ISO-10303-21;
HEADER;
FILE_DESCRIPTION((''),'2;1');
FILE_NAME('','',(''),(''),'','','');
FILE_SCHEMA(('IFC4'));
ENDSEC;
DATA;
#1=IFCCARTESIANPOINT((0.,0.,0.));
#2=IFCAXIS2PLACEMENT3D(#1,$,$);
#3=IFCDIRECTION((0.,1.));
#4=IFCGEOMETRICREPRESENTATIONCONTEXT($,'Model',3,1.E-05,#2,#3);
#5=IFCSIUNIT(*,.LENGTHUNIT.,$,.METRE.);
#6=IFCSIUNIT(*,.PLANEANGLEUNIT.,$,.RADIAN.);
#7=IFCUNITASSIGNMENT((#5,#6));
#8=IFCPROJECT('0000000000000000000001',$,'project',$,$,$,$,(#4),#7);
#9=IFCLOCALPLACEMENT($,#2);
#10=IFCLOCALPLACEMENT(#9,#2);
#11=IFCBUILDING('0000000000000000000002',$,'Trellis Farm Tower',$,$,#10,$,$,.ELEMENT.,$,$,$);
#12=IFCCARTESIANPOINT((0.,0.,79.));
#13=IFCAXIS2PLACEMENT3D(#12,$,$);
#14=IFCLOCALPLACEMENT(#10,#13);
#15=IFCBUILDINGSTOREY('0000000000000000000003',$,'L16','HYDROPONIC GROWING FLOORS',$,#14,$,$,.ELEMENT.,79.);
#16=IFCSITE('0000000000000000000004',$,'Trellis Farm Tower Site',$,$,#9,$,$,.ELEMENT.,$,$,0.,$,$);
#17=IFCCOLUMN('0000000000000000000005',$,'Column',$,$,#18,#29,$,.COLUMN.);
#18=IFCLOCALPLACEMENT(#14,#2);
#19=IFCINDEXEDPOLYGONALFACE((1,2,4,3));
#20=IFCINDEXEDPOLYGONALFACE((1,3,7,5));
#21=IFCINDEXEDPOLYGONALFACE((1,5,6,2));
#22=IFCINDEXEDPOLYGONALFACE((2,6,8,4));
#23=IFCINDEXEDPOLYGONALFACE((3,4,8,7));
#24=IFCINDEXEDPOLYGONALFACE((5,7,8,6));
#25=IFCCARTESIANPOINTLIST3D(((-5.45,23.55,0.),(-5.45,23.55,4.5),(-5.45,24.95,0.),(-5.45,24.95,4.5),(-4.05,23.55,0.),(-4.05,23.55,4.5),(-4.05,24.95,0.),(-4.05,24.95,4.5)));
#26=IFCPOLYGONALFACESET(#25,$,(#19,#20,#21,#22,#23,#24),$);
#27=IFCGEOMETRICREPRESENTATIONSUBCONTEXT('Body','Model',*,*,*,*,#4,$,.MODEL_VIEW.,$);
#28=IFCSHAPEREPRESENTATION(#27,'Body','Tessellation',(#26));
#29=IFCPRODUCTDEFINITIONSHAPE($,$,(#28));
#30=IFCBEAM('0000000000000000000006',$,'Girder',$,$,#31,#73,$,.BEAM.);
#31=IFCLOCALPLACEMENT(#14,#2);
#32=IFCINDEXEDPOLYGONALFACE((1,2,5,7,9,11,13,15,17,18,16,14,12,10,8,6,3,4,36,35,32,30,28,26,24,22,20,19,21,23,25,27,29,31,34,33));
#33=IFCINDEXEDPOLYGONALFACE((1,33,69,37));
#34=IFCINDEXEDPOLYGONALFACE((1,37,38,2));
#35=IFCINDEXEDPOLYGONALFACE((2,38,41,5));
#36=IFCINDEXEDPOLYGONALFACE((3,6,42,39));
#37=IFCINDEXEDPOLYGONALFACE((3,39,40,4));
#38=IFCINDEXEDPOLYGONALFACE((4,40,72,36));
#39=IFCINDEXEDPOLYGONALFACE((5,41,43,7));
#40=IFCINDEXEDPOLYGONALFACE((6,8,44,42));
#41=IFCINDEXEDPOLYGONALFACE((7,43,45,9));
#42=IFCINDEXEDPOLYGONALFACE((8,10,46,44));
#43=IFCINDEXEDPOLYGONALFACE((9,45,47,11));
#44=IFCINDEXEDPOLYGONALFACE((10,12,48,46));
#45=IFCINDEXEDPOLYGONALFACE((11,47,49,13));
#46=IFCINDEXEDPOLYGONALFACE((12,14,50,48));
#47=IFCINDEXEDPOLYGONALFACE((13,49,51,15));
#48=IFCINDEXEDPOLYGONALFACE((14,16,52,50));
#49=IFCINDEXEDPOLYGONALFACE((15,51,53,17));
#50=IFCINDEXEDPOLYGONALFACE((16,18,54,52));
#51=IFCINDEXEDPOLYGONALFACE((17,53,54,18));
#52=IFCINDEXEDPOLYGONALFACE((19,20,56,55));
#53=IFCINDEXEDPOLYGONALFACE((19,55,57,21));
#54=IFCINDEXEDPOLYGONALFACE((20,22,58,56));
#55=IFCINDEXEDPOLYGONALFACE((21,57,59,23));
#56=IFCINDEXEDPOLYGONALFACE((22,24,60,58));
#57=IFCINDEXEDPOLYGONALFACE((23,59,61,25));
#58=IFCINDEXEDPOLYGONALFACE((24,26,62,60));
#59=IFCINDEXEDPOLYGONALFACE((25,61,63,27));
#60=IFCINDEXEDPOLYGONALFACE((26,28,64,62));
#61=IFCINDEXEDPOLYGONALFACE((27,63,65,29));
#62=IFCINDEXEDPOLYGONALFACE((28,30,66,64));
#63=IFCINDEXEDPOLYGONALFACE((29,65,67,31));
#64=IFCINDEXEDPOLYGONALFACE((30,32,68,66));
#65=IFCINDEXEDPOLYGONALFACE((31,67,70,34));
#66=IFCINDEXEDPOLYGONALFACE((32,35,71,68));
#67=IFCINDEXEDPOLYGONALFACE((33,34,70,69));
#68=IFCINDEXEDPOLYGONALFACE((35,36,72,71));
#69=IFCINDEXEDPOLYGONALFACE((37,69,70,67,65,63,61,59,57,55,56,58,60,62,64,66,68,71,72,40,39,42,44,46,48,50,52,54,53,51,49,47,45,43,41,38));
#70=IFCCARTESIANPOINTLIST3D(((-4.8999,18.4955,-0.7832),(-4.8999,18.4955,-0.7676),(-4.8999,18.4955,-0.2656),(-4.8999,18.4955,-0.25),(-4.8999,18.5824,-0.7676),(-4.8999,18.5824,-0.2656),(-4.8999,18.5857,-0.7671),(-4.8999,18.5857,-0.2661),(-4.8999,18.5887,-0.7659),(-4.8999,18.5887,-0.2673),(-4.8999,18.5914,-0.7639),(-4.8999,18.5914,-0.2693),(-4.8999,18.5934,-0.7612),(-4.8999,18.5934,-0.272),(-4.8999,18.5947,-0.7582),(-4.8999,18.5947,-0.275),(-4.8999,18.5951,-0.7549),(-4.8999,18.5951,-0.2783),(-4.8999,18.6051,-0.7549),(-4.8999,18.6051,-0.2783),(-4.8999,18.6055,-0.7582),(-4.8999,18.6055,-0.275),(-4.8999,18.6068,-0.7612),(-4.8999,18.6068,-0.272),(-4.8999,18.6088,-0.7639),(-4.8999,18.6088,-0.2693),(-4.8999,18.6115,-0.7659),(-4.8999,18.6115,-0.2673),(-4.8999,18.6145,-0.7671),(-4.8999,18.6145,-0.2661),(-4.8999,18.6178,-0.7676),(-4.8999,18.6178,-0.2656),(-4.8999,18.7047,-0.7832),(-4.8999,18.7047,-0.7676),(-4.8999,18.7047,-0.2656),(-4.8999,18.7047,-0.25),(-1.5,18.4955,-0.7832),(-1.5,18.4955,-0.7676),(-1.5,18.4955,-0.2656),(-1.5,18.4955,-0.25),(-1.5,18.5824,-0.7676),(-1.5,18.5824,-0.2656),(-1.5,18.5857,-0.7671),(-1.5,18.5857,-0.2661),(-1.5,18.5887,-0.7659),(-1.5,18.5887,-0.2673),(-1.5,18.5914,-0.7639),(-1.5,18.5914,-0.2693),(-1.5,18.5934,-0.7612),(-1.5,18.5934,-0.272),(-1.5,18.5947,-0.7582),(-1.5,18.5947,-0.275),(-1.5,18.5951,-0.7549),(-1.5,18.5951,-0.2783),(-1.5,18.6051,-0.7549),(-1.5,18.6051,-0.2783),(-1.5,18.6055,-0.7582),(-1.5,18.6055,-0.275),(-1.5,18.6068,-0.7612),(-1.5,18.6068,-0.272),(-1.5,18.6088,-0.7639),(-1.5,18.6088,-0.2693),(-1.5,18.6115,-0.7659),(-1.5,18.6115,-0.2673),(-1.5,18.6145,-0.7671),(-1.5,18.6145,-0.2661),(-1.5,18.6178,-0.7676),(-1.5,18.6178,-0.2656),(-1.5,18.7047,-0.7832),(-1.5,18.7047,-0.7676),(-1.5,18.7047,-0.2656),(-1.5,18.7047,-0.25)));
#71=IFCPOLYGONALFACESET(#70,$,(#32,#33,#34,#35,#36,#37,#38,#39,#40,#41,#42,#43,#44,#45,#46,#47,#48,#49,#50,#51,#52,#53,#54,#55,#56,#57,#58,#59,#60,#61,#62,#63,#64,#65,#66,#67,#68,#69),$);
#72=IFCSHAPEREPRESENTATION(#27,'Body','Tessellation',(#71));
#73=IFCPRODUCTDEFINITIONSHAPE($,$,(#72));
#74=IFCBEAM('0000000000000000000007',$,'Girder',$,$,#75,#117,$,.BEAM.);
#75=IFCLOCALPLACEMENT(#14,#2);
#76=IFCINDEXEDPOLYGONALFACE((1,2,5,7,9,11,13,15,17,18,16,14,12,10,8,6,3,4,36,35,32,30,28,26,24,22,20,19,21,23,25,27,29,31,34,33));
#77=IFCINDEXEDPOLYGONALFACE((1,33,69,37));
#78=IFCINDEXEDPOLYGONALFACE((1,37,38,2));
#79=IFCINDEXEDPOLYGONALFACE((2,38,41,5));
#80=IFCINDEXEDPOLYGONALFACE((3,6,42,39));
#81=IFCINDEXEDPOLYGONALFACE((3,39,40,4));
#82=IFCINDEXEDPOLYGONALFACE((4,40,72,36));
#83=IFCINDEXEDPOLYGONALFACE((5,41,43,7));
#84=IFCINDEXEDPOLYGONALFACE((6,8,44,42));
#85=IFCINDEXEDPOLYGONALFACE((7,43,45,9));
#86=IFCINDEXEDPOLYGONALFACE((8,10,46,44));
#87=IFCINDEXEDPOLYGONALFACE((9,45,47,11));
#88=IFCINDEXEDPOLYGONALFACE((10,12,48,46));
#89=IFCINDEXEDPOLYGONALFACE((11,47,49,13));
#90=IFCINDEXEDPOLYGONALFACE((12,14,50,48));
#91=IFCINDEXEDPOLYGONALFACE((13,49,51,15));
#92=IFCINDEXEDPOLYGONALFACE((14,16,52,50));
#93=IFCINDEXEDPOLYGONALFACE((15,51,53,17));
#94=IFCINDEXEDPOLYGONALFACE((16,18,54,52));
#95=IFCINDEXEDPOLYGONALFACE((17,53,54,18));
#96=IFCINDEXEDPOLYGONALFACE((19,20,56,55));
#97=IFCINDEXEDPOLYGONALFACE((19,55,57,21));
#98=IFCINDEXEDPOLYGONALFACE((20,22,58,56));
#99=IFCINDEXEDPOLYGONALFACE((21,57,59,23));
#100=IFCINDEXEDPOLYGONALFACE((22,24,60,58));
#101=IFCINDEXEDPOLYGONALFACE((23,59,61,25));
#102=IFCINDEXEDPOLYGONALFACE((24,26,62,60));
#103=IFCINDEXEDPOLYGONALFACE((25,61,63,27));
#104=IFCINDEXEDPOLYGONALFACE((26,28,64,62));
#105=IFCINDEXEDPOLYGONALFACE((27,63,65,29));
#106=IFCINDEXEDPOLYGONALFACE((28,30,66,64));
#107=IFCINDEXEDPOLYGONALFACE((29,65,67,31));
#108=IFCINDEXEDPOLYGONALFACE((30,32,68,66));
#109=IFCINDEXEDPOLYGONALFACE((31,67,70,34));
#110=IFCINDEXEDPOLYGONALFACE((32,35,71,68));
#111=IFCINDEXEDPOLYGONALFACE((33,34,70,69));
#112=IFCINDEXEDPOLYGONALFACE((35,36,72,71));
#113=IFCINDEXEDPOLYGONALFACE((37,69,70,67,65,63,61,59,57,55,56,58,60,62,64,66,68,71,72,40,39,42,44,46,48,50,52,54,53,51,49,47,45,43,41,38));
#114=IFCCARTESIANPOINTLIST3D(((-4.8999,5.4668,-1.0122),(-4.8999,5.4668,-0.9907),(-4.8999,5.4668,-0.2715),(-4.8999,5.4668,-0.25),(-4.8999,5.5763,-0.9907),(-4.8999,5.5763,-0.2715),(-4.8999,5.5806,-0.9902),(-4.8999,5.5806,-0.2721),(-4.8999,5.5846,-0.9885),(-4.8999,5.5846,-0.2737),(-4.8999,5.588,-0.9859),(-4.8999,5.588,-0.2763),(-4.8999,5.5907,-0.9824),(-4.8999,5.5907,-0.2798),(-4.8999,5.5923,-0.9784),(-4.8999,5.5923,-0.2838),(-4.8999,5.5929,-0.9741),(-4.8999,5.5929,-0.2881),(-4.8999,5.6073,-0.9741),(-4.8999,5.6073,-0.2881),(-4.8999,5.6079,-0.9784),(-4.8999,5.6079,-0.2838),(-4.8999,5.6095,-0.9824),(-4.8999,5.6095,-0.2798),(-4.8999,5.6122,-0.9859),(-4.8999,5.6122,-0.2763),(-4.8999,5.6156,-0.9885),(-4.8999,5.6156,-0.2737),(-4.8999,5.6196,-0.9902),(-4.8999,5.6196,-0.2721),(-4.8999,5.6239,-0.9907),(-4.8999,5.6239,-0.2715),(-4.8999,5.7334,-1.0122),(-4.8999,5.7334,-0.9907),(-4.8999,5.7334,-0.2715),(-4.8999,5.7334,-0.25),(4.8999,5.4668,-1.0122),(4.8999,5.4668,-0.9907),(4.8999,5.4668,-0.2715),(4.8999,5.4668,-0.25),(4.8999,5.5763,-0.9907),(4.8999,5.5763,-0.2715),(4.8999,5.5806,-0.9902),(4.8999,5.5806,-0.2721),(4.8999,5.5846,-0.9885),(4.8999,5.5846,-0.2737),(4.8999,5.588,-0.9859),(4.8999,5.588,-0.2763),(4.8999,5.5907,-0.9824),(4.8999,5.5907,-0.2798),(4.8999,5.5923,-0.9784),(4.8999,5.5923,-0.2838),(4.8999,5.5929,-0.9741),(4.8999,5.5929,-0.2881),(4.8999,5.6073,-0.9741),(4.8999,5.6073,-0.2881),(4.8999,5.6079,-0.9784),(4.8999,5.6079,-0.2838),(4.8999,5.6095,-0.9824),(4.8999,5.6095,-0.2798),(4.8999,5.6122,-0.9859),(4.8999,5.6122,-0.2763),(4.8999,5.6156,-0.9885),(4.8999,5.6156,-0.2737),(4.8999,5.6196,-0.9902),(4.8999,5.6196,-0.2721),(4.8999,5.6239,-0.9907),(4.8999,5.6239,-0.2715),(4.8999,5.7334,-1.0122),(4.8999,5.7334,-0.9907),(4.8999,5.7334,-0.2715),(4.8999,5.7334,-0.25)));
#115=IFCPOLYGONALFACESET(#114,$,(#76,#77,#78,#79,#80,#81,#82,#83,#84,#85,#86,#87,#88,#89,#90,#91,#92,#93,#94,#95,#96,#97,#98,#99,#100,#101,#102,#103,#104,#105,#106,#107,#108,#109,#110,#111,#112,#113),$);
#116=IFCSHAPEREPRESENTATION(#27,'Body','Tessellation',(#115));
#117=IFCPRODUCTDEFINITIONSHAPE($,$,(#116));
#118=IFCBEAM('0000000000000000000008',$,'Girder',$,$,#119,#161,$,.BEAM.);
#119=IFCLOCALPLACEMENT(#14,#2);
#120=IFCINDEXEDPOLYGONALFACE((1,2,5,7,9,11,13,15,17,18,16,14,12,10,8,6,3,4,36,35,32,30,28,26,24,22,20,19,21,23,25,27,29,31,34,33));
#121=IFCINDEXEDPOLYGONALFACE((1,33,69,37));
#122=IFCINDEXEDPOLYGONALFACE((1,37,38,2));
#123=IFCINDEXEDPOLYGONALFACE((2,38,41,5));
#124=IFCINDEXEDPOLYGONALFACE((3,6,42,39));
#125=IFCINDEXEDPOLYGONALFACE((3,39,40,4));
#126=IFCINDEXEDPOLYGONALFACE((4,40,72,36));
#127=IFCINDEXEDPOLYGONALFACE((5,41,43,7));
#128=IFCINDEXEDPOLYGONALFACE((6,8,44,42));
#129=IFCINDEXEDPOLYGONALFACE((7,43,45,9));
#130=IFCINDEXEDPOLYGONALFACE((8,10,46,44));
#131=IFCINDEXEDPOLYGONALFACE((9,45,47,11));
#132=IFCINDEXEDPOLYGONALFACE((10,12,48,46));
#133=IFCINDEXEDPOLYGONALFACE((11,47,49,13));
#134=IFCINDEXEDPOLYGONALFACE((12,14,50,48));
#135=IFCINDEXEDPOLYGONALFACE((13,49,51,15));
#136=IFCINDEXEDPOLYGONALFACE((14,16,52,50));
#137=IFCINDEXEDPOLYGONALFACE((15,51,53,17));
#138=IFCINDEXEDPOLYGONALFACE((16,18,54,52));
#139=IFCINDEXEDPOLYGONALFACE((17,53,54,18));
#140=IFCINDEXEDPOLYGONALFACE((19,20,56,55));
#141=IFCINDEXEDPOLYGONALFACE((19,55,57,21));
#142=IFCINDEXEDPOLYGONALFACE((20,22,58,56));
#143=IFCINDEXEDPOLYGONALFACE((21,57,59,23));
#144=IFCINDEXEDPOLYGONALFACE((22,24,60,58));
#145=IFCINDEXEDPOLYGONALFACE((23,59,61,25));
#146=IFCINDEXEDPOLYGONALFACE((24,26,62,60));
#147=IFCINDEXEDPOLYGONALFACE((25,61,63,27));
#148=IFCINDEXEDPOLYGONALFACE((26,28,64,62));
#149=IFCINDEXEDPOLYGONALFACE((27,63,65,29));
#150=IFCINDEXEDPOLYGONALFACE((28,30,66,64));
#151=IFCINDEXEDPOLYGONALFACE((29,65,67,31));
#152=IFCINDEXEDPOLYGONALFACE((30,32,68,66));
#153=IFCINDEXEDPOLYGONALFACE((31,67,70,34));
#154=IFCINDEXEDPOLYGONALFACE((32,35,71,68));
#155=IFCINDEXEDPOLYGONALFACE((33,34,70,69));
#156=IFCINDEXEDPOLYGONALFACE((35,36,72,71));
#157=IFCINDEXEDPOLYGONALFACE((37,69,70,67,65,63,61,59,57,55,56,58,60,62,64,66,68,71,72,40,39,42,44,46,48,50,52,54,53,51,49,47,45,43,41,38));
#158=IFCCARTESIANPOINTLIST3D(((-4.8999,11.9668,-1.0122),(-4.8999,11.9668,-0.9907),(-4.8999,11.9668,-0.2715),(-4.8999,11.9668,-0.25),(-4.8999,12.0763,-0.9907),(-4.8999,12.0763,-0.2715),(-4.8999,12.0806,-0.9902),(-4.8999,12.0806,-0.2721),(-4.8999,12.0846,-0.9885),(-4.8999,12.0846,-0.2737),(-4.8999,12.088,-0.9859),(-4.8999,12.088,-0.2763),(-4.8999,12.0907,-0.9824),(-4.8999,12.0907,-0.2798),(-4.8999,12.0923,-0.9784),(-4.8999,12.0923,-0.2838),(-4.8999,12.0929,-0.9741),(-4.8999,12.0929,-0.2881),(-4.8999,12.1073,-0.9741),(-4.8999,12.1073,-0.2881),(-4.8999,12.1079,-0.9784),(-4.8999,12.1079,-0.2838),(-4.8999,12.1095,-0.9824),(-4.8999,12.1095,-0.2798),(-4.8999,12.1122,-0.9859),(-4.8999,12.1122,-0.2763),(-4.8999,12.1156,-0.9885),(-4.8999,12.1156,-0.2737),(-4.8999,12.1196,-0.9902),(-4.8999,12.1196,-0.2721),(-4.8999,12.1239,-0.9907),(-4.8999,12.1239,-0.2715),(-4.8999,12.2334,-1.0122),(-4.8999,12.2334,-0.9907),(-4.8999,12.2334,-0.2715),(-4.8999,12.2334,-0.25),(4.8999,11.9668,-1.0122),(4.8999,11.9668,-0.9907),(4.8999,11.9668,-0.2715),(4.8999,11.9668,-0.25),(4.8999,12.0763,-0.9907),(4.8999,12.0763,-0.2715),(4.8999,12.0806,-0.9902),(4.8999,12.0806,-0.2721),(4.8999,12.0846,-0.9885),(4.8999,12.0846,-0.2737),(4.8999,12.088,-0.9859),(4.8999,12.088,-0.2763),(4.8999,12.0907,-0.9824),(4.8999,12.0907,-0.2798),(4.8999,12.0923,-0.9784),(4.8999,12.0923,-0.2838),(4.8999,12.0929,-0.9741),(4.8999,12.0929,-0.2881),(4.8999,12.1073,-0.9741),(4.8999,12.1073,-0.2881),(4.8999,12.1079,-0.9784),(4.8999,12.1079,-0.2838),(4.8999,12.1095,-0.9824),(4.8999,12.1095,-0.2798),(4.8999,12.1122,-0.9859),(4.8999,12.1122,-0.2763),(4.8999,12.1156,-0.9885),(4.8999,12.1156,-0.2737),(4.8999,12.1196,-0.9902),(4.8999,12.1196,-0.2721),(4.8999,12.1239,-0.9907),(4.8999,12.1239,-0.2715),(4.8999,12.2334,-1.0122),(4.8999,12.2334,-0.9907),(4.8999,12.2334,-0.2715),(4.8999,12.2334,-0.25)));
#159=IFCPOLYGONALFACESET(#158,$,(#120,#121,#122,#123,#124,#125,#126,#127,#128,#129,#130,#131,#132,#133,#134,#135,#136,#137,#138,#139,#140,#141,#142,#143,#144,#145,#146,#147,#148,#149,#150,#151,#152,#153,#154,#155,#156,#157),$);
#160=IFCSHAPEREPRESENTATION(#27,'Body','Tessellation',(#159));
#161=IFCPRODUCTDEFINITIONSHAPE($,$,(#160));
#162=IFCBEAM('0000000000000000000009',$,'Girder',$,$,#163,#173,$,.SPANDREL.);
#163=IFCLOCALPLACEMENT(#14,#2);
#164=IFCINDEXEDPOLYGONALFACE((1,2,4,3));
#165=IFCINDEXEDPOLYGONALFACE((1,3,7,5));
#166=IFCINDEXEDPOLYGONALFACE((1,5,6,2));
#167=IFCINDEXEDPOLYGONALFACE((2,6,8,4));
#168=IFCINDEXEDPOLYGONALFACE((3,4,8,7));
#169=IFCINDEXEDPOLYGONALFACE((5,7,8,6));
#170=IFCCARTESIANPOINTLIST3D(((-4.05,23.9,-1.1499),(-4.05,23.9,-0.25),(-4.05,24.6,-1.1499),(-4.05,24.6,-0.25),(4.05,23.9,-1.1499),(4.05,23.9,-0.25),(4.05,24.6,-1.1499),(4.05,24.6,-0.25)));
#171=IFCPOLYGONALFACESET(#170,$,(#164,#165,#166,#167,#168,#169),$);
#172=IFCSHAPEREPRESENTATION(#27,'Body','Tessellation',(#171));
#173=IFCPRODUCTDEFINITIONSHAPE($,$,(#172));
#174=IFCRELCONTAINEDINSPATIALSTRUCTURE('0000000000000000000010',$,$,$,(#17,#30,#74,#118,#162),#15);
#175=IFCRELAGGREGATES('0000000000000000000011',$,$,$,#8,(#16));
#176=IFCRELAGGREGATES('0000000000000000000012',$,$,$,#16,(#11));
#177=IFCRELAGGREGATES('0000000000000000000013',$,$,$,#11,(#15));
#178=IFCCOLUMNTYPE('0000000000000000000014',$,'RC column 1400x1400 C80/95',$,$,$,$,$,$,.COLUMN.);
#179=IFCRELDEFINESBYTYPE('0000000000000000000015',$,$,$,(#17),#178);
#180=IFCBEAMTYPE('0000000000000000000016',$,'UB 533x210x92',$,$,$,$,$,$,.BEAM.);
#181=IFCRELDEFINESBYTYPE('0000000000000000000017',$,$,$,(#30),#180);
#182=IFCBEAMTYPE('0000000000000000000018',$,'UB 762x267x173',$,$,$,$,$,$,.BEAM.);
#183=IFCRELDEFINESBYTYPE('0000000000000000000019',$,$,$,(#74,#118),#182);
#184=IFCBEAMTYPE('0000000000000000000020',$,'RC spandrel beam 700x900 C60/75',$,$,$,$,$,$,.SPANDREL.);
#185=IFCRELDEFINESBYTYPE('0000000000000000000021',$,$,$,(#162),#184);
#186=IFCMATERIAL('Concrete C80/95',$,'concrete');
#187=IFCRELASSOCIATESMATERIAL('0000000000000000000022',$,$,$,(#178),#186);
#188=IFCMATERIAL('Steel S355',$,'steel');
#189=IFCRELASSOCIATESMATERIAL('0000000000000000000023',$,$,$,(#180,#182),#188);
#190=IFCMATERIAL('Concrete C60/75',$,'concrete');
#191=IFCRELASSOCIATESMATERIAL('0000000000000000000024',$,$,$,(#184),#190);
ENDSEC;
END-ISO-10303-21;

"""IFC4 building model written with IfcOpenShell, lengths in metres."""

from ifc_helpers import new_model, si_unit, direction, frame, origin, origin_2d, place, context, subcontext, project, spatial, rectangle, i_section, extrude, source, transform, mapped, material, material_profile, profile_set, type_object, element, save


model = new_model("IFC4")

# Units and contexts
model_context = context("Model", 3, precision=1e-05, world=origin(), true_north=direction((0.0, 1.0)))
body_context = subcontext(model_context, "Body", "Model", "MODEL_VIEW")
ifc_project = project(units=[si_unit("LENGTHUNIT", "METRE"), si_unit("PLANEANGLEUNIT", "RADIAN")], contexts=[model_context])

# Site, building, storey
site_placement = place(None, origin())
site = spatial("IfcSite", under=ifc_project, at=site_placement, Name="Trellis Farm Tower Site", CompositionType="ELEMENT", RefElevation=0.0)
building_placement = place(site_placement, origin())
building = spatial("IfcBuilding", under=site, at=building_placement, Name="Trellis Farm Tower", CompositionType="ELEMENT")
storey_placement = place(building_placement, frame((0.0, 0.0, 79.0)))
storey = spatial("IfcBuildingStorey", under=building, at=storey_placement, Name="L16", Description="HYDROPONIC GROWING FLOORS", CompositionType="ELEMENT", Elevation=79.0)

# Column
ifc_material_1 = material(Name="Concrete C80/95", Category="concrete")
ifc_material_profile_1 = material_profile(ifc_material_1, rectangle(XDim=1.3999, YDim=1.3999, at=origin_2d()), Name="RC column 1400x1400 C80/95")
ifc_profile_set_1 = profile_set([ifc_material_profile_1], Name="Concrete C80/95")
column_type = type_object("IfcColumnType", Name="RC column 1400x1400 C80/95", PredefinedType="COLUMN", material=ifc_profile_set_1)
shared_shape_1 = source(origin(), body_context, "Body", "SweptSolid", [
    extrude(rectangle(XDim=1.3999, YDim=1.3999, at=origin_2d()), origin(), (0.0, 0.0, 1.0), 4.5),
])
column_placement = place(storey_placement, frame((-4.75, 24.25, 0.0), z_axis=(0.0, 0.0, 1.0), x_axis=(1.0, 0.0, 0.0)))
element("IfcColumn", 1, at=column_placement, inside=storey, type_object=column_type, Name="Column", PredefinedType="COLUMN", context=body_context, shape_type="MappedRepresentation", body=[
    mapped(shared_shape_1, transform((0.0, 0.0, 0.0))),
])

# Beams
ifc_material_2 = material(Name="Steel S355", Category="steel")
ifc_material_profile_2 = material_profile(ifc_material_2, i_section(OverallWidth=0.2092, OverallDepth=0.5332, WebThickness=0.01, FlangeThickness=0.0156, FilletRadius=0.0127, at=origin_2d()), Name="UB 533x210x92")
ifc_profile_set_2 = profile_set([ifc_material_profile_2], Name="Steel S355")
beam_type_1 = type_object("IfcBeamType", Name="UB 533x210x92", PredefinedType="BEAM", material=ifc_profile_set_2)
shared_shape_2 = source(origin(), body_context, "Body", "SweptSolid", [
    extrude(i_section(OverallWidth=0.2092, OverallDepth=0.5332, WebThickness=0.01, FlangeThickness=0.0156, FilletRadius=0.0127, at=origin_2d()), origin(), (0.0, 0.0, 1.0), 3.3999),
])
beam_1_placement = place(storey_placement, frame((-4.8999, 18.6001, -0.5166), z_axis=(1.0, 0.0, 0.0), x_axis=(0.0, 1.0, 0.0)))
element("IfcBeam", 2, at=beam_1_placement, inside=storey, type_object=beam_type_1, Name="Girder", PredefinedType="BEAM", context=body_context, shape_type="MappedRepresentation", body=[
    mapped(shared_shape_2, transform((0.0, 0.0, 0.0))),
])
ifc_material_profile_3 = material_profile(ifc_material_2, i_section(OverallWidth=0.2666, OverallDepth=0.7622, WebThickness=0.0144, FlangeThickness=0.0215, FilletRadius=0.0166, at=origin_2d()), Name="UB 762x267x173")
ifc_profile_set_3 = profile_set([ifc_material_profile_3], Name="Steel S355")
beam_type_2 = type_object("IfcBeamType", Name="UB 762x267x173", PredefinedType="BEAM", material=ifc_profile_set_3)
shared_shape_3 = source(origin(), body_context, "Body", "SweptSolid", [
    extrude(i_section(OverallWidth=0.2666, OverallDepth=0.7622, WebThickness=0.0144, FlangeThickness=0.0215, FilletRadius=0.0166, at=origin_2d()), origin(), (0.0, 0.0, 1.0), 9.7998),
])
for number, where, z_axis, x_axis, name in (
    (3, (-4.8999, 5.6001, -0.6311), (1.0, 0.0, 0.0), (0.0, 1.0, 0.0), "Girder"),
    (4, (-4.8999, 12.1001, -0.6311), (1.0, 0.0, 0.0), (0.0, 1.0, 0.0), "Girder"),
):
    element("IfcBeam", number, at=place(storey_placement, frame(where, z_axis=z_axis, x_axis=x_axis)), inside=storey, type_object=beam_type_2, Name=name, PredefinedType="BEAM", context=body_context, shape_type="MappedRepresentation", body=[
        mapped(shared_shape_3, transform((0.0, 0.0, 0.0))),
    ])
ifc_material_3 = material(Name="Concrete C60/75", Category="concrete")
ifc_material_profile_4 = material_profile(ifc_material_3, rectangle(XDim=0.7, YDim=0.8999, at=origin_2d()), Name="RC spandrel beam 700x900 C60/75")
ifc_profile_set_4 = profile_set([ifc_material_profile_4], Name="Concrete C60/75")
beam_type_3 = type_object("IfcBeamType", Name="RC spandrel beam 700x900 C60/75", PredefinedType="SPANDREL", material=ifc_profile_set_4)
shared_shape_4 = source(origin(), body_context, "Body", "SweptSolid", [
    extrude(rectangle(XDim=0.7, YDim=0.8999, at=origin_2d()), origin(), (0.0, 0.0, 1.0), 8.1001),
])
beam_2_placement = place(storey_placement, frame((-4.05, 24.25, -0.7), z_axis=(1.0, 0.0, 0.0), x_axis=(0.0, 1.0, 0.0)))
element("IfcBeam", 5, at=beam_2_placement, inside=storey, type_object=beam_type_3, Name="Girder", PredefinedType="SPANDREL", context=body_context, shape_type="MappedRepresentation", body=[
    mapped(shared_shape_4, transform((0.0, 0.0, 0.0))),
])

save(model, "model.ifc")
